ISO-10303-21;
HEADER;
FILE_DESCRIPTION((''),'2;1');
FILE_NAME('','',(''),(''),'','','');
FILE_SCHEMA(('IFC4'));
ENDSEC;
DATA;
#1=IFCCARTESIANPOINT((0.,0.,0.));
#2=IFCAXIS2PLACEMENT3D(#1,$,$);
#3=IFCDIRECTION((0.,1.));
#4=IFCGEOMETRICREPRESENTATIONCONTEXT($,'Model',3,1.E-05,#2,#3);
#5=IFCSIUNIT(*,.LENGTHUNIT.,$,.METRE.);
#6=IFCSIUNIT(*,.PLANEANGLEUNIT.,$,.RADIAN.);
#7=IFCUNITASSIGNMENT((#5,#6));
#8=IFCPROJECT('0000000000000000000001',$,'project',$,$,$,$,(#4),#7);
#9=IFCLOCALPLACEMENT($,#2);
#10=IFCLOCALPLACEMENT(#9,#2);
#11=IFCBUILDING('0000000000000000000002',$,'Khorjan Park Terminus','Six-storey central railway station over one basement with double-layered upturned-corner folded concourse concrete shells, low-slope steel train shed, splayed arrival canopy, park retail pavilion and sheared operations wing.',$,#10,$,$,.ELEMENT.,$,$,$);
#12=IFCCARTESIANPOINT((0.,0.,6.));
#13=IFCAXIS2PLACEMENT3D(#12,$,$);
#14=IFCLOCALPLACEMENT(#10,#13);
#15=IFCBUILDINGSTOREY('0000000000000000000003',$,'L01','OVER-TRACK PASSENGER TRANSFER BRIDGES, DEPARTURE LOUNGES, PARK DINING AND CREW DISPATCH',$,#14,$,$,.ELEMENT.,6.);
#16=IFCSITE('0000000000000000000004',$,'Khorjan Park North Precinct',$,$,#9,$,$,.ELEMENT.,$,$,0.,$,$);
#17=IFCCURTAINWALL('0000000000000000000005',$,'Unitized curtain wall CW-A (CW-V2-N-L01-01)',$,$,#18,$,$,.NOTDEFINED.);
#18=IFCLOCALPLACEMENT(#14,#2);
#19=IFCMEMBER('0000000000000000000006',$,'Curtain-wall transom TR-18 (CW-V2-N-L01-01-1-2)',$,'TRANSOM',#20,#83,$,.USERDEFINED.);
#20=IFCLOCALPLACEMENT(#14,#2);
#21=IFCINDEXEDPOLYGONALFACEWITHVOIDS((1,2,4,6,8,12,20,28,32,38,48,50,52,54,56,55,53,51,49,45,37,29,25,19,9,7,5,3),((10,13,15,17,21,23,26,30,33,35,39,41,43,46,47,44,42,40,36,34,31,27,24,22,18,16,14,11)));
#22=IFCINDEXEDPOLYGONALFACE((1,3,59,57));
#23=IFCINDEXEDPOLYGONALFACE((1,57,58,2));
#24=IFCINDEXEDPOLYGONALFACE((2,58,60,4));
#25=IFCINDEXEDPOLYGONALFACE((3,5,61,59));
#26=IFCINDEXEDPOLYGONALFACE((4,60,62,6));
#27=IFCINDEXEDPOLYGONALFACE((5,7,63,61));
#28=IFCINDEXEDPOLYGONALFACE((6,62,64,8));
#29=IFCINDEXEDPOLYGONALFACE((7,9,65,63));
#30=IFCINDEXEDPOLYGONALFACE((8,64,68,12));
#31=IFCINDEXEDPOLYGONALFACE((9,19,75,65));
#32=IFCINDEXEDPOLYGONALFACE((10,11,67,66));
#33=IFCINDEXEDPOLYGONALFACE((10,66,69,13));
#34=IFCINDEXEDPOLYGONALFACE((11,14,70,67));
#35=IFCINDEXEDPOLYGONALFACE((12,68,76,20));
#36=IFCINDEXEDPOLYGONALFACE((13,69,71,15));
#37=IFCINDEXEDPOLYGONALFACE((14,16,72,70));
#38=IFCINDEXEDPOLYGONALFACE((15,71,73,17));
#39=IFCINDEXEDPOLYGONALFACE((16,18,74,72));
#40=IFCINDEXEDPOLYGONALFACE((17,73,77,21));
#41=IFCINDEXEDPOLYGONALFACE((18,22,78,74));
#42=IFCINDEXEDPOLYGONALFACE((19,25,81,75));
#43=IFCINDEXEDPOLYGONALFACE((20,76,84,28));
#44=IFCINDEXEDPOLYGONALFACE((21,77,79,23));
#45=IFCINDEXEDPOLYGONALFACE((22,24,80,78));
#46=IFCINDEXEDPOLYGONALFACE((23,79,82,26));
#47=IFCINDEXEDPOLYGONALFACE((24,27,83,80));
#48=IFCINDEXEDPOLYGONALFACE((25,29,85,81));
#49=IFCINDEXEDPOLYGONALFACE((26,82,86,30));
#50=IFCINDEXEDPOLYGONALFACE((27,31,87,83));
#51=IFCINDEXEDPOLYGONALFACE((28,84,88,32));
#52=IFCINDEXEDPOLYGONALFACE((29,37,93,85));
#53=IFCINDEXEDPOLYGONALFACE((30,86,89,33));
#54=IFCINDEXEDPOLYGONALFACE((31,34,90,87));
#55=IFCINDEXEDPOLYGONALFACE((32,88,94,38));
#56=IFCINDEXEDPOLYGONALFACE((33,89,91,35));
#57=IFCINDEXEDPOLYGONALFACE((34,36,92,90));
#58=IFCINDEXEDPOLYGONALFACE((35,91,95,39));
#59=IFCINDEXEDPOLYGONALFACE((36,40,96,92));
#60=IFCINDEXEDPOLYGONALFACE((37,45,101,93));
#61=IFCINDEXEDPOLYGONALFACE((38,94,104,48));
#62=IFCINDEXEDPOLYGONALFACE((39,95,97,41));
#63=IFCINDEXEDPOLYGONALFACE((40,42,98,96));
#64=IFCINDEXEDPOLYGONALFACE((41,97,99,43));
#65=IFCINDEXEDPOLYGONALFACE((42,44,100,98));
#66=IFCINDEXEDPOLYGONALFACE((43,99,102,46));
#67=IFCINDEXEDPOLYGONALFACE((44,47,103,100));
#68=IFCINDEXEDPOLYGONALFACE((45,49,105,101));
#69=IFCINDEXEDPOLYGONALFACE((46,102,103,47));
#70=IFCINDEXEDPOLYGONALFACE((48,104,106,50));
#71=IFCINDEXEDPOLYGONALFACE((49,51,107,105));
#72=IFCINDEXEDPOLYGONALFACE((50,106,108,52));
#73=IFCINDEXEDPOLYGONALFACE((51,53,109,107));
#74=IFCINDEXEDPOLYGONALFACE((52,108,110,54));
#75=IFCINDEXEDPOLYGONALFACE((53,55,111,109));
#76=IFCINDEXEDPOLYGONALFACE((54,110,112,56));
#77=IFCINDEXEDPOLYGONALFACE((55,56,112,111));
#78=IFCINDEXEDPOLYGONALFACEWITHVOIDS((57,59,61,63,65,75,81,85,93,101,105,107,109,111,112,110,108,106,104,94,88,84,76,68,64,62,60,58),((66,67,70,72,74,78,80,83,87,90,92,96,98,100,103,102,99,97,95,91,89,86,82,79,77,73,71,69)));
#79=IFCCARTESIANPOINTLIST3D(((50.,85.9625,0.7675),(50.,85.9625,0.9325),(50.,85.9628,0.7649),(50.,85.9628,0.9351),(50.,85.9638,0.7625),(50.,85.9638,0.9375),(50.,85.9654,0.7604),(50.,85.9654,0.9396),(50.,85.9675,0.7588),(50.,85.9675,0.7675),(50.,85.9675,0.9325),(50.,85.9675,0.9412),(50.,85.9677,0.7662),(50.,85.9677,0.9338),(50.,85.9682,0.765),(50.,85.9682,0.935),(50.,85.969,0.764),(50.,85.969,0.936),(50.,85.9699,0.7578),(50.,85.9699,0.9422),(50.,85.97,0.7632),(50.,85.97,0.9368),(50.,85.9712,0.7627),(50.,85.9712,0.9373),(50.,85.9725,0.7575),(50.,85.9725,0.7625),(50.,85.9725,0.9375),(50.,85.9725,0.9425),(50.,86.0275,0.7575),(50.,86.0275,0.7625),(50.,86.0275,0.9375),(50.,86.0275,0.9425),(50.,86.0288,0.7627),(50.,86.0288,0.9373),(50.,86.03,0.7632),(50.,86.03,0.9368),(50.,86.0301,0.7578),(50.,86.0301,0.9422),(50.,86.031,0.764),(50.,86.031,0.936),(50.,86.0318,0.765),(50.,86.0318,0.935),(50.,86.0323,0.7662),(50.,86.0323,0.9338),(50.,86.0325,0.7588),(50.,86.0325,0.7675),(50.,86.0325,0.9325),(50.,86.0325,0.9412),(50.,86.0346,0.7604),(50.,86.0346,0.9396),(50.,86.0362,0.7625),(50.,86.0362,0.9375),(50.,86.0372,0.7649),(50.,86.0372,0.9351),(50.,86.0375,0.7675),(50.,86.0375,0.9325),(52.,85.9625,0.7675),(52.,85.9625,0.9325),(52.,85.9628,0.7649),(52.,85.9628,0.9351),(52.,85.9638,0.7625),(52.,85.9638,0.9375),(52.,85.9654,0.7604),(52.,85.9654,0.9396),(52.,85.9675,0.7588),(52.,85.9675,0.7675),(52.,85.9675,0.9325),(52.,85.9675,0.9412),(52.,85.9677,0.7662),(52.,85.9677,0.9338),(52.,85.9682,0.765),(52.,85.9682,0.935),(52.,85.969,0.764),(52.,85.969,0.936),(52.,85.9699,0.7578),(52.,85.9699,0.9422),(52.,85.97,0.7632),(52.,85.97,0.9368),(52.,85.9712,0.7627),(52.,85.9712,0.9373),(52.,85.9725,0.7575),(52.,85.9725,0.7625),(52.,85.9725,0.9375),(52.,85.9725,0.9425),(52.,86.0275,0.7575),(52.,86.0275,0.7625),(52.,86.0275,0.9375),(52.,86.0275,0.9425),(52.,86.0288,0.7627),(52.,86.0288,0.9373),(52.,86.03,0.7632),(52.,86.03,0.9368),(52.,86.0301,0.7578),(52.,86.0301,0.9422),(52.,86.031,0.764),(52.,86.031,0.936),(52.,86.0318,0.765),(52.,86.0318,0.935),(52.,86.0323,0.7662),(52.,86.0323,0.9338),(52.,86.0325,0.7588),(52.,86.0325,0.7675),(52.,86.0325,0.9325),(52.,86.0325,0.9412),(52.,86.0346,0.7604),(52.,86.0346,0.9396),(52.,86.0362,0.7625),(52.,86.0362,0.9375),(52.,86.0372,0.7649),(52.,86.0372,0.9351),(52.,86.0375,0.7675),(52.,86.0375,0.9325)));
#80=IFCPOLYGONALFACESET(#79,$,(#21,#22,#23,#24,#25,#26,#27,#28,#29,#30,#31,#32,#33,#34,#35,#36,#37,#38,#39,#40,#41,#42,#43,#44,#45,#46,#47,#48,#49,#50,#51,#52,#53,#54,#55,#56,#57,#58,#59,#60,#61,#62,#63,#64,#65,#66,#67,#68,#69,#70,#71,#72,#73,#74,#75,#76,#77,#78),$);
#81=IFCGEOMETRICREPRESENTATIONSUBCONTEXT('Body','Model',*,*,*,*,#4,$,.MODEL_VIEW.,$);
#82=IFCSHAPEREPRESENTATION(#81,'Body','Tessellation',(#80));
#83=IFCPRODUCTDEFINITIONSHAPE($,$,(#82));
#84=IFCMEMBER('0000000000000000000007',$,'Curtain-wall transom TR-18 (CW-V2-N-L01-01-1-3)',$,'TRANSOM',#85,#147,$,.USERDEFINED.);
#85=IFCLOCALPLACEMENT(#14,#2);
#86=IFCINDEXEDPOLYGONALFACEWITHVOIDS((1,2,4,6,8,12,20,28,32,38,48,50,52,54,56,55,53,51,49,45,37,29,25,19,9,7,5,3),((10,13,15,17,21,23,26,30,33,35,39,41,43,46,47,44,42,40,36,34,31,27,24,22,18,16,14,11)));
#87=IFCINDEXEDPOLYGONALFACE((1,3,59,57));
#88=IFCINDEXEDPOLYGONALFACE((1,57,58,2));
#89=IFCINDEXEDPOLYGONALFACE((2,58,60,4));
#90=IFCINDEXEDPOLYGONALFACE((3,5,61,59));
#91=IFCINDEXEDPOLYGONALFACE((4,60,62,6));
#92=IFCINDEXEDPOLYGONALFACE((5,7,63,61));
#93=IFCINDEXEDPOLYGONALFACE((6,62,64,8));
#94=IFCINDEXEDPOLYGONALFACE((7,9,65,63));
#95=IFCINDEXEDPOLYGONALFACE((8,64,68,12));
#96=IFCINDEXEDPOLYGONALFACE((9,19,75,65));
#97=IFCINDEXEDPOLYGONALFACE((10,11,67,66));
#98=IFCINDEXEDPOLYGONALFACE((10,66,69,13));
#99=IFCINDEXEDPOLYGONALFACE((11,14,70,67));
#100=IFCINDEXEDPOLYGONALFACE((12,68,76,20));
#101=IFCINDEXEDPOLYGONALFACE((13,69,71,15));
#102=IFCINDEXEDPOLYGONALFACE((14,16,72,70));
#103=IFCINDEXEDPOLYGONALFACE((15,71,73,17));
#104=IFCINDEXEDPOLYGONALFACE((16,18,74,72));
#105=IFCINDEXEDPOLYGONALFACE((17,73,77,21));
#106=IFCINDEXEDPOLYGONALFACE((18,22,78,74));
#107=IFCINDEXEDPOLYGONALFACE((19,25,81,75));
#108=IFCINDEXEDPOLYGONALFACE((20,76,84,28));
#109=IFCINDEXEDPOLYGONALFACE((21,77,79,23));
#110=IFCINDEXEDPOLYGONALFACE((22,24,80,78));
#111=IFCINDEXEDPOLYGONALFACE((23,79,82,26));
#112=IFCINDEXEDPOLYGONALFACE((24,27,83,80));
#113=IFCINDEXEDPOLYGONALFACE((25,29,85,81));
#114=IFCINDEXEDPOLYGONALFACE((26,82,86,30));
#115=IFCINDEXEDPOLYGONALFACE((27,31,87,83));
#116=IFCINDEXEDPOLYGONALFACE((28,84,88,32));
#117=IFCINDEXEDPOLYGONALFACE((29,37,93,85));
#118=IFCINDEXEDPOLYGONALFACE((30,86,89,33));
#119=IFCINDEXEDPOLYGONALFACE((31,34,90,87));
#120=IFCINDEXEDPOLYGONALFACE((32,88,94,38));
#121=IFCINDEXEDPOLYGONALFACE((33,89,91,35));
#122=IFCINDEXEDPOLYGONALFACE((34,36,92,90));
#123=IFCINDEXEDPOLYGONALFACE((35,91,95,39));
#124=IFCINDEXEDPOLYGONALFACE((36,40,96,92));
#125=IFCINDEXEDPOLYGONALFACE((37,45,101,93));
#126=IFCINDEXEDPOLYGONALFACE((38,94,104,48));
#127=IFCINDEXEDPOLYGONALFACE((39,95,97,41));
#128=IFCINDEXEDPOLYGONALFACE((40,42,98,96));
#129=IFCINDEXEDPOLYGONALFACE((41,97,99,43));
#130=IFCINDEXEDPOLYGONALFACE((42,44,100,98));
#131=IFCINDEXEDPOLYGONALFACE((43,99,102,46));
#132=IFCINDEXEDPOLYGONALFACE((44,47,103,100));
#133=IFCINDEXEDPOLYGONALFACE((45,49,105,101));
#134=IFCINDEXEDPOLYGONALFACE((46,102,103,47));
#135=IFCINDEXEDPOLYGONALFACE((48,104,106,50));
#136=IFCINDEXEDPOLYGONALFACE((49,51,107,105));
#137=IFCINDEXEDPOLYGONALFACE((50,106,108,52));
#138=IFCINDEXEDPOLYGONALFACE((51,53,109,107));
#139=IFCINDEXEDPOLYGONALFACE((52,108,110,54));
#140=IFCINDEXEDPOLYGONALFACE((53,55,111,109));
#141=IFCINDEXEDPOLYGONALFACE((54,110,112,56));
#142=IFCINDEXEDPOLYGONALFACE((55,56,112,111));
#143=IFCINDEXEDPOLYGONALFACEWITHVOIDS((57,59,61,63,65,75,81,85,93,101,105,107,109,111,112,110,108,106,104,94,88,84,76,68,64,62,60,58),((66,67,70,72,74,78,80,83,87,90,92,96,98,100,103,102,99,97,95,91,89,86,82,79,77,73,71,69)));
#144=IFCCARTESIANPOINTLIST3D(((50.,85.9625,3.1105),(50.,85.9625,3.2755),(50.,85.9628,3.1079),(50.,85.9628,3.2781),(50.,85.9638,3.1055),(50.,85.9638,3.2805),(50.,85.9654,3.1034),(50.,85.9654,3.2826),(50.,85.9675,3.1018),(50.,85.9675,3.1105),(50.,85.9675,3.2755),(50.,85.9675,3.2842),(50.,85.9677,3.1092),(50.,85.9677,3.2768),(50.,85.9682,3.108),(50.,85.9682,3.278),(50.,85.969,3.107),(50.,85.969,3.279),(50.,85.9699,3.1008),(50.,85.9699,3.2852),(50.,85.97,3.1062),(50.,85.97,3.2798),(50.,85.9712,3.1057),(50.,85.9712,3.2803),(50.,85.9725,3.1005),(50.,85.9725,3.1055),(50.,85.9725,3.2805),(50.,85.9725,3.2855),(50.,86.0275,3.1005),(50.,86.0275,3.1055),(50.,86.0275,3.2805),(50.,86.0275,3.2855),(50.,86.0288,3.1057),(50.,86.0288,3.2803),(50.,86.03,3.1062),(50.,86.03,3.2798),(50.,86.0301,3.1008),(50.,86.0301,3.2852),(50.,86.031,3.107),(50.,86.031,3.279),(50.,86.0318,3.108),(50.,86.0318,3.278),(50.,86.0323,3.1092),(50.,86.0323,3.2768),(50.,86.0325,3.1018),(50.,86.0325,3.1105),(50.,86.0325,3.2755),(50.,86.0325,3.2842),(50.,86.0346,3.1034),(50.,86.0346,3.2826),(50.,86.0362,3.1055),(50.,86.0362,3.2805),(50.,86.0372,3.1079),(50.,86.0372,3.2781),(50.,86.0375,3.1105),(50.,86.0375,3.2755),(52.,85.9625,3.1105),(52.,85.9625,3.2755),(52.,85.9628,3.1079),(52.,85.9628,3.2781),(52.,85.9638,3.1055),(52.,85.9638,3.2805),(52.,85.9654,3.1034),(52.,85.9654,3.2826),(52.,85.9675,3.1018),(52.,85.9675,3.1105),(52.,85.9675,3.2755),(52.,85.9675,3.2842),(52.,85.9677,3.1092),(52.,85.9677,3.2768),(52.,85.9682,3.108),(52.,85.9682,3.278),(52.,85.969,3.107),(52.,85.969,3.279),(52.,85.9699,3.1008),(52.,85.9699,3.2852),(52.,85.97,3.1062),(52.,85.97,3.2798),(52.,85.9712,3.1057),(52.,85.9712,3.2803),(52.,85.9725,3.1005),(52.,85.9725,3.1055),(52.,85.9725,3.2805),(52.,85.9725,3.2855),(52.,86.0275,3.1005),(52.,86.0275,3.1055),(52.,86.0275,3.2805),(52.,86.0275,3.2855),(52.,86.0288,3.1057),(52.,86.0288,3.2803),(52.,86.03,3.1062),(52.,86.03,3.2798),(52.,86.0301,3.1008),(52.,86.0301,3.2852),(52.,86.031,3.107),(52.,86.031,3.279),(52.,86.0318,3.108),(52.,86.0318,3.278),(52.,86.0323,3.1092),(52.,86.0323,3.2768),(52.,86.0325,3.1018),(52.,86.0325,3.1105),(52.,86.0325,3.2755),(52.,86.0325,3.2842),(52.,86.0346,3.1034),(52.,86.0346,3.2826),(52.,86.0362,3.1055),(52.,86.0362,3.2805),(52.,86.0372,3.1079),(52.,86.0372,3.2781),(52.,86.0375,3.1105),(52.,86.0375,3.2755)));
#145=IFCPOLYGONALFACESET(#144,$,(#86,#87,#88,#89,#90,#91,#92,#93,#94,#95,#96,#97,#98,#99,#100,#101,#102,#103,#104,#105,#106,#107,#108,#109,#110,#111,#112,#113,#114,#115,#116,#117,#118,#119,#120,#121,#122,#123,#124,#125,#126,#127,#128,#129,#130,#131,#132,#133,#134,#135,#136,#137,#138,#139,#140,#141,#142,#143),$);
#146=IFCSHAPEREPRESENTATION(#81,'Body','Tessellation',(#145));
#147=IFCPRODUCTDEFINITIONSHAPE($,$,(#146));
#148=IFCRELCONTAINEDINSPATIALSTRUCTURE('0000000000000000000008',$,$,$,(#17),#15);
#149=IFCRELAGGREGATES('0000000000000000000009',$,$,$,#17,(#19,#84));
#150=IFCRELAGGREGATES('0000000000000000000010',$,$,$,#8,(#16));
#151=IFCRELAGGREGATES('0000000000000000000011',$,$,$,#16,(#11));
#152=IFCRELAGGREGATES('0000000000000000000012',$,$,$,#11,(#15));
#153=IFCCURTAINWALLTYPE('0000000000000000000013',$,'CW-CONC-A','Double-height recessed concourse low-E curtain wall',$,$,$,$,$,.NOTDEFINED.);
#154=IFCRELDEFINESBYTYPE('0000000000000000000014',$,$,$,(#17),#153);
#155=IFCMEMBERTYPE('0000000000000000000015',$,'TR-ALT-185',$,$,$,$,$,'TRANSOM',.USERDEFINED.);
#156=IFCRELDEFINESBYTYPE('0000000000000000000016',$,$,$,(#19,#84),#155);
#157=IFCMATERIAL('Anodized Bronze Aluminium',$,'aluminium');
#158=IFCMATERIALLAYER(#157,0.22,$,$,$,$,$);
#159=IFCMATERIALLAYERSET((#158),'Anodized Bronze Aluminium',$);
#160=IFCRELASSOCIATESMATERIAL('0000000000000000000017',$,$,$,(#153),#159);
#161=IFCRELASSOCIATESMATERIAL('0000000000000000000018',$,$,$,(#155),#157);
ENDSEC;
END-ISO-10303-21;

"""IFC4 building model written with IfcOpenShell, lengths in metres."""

from ifc_helpers import new_model, si_unit, direction, frame, origin, origin_2d, place, context, subcontext, project, spatial, hollow_rectangle, extrude, material, layer, layer_set, material_profile, profile_set, type_object, element, aggregate, save


model = new_model("IFC4")

# Units and contexts
model_context = context("Model", 3, precision=1e-05, world=origin(), true_north=direction((0.0, 1.0)))
body_context = subcontext(model_context, "Body", "Model", "MODEL_VIEW")
ifc_project = project(units=[si_unit("LENGTHUNIT", "METRE"), si_unit("PLANEANGLEUNIT", "RADIAN")], contexts=[model_context])

# Site, building, storey
site_placement = place(None, origin())
site = spatial("IfcSite", under=ifc_project, at=site_placement, Name="Khorjan Park North Precinct", CompositionType="ELEMENT", RefElevation=0.0)
building_placement = place(site_placement, origin())
building = spatial("IfcBuilding", under=site, at=building_placement, Name="Khorjan Park Terminus", Description="Six-storey central railway station over one basement with double-layered upturned-corner folded concourse concrete shells, low-slope steel train shed, splayed arrival canopy, park retail pavilion and sheared operations wing.", CompositionType="ELEMENT")
storey_placement = place(building_placement, frame((0.0, 0.0, 6.0)))
storey = spatial("IfcBuildingStorey", under=building, at=storey_placement, Name="L01", Description="OVER-TRACK PASSENGER TRANSFER BRIDGES, DEPARTURE LOUNGES, PARK DINING AND CREW DISPATCH", CompositionType="ELEMENT", Elevation=6.0)

# Curtain wall
ifc_material_1 = material(Name="Anodized Bronze Aluminium", Category="aluminium")
ifc_layer_1 = layer(ifc_material_1, 0.22)
ifc_layer_set_1 = layer_set([ifc_layer_1], Name="Anodized Bronze Aluminium")
curtain_wall_type_1 = type_object("IfcCurtainWallType", Name="CW-CONC-A", Description="Double-height recessed concourse low-E curtain wall", PredefinedType="NOTDEFINED", material=ifc_layer_set_1)
curtain_wall_1_placement = place(storey_placement, origin())
curtain_wall_1 = element("IfcCurtainWall", 1, at=curtain_wall_1_placement, inside=storey, type_object=curtain_wall_type_1, Name="Unitized curtain wall CW-A (CW-V2-N-L01-01)", PredefinedType="NOTDEFINED")

# Members
ifc_material_profile_1 = material_profile(ifc_material_1, hollow_rectangle(XDim=0.075, YDim=0.185, WallThickness=0.005, InnerFilletRadius=0.005, OuterFilletRadius=0.01, at=origin_2d()), Name="ALT 75x185x5")
ifc_profile_set_1 = profile_set([ifc_material_profile_1], Name="Anodized Bronze Aluminium")
member_type_1 = type_object("IfcMemberType", Name="TR-ALT-185", ElementType="TRANSOM", PredefinedType="USERDEFINED", material=ifc_profile_set_1)
member_1_placement = place(storey_placement, frame((52.0, 86.0, 0.85), z_axis=(-1.0, 0.0, 0.0), x_axis=(0.0, -1.0, 0.0)))
member_1 = element("IfcMember", 2, at=member_1_placement, type_object=member_type_1, Name="Curtain-wall transom TR-18 (CW-V2-N-L01-01-1-2)", ObjectType="TRANSOM", PredefinedType="USERDEFINED", context=body_context, shape_type="SweptSolid", body=[
    extrude(hollow_rectangle(XDim=0.075, YDim=0.185, WallThickness=0.005, InnerFilletRadius=0.005, OuterFilletRadius=0.01, at=origin_2d()), origin(), (0.0, 0.0, 1.0), 2.0),
])
member_2_placement = place(storey_placement, frame((52.0, 86.0, 3.193), z_axis=(-1.0, 0.0, 0.0), x_axis=(0.0, -1.0, 0.0)))
member_2 = element("IfcMember", 3, at=member_2_placement, type_object=member_type_1, Name="Curtain-wall transom TR-18 (CW-V2-N-L01-01-1-3)", ObjectType="TRANSOM", PredefinedType="USERDEFINED", context=body_context, shape_type="SweptSolid", body=[
    extrude(hollow_rectangle(XDim=0.075, YDim=0.185, WallThickness=0.005, InnerFilletRadius=0.005, OuterFilletRadius=0.01, at=origin_2d()), origin(), (0.0, 0.0, 1.0), 2.0),
])

aggregate(curtain_wall_1, [member_1, member_2])

save(model, "model.ifc")
